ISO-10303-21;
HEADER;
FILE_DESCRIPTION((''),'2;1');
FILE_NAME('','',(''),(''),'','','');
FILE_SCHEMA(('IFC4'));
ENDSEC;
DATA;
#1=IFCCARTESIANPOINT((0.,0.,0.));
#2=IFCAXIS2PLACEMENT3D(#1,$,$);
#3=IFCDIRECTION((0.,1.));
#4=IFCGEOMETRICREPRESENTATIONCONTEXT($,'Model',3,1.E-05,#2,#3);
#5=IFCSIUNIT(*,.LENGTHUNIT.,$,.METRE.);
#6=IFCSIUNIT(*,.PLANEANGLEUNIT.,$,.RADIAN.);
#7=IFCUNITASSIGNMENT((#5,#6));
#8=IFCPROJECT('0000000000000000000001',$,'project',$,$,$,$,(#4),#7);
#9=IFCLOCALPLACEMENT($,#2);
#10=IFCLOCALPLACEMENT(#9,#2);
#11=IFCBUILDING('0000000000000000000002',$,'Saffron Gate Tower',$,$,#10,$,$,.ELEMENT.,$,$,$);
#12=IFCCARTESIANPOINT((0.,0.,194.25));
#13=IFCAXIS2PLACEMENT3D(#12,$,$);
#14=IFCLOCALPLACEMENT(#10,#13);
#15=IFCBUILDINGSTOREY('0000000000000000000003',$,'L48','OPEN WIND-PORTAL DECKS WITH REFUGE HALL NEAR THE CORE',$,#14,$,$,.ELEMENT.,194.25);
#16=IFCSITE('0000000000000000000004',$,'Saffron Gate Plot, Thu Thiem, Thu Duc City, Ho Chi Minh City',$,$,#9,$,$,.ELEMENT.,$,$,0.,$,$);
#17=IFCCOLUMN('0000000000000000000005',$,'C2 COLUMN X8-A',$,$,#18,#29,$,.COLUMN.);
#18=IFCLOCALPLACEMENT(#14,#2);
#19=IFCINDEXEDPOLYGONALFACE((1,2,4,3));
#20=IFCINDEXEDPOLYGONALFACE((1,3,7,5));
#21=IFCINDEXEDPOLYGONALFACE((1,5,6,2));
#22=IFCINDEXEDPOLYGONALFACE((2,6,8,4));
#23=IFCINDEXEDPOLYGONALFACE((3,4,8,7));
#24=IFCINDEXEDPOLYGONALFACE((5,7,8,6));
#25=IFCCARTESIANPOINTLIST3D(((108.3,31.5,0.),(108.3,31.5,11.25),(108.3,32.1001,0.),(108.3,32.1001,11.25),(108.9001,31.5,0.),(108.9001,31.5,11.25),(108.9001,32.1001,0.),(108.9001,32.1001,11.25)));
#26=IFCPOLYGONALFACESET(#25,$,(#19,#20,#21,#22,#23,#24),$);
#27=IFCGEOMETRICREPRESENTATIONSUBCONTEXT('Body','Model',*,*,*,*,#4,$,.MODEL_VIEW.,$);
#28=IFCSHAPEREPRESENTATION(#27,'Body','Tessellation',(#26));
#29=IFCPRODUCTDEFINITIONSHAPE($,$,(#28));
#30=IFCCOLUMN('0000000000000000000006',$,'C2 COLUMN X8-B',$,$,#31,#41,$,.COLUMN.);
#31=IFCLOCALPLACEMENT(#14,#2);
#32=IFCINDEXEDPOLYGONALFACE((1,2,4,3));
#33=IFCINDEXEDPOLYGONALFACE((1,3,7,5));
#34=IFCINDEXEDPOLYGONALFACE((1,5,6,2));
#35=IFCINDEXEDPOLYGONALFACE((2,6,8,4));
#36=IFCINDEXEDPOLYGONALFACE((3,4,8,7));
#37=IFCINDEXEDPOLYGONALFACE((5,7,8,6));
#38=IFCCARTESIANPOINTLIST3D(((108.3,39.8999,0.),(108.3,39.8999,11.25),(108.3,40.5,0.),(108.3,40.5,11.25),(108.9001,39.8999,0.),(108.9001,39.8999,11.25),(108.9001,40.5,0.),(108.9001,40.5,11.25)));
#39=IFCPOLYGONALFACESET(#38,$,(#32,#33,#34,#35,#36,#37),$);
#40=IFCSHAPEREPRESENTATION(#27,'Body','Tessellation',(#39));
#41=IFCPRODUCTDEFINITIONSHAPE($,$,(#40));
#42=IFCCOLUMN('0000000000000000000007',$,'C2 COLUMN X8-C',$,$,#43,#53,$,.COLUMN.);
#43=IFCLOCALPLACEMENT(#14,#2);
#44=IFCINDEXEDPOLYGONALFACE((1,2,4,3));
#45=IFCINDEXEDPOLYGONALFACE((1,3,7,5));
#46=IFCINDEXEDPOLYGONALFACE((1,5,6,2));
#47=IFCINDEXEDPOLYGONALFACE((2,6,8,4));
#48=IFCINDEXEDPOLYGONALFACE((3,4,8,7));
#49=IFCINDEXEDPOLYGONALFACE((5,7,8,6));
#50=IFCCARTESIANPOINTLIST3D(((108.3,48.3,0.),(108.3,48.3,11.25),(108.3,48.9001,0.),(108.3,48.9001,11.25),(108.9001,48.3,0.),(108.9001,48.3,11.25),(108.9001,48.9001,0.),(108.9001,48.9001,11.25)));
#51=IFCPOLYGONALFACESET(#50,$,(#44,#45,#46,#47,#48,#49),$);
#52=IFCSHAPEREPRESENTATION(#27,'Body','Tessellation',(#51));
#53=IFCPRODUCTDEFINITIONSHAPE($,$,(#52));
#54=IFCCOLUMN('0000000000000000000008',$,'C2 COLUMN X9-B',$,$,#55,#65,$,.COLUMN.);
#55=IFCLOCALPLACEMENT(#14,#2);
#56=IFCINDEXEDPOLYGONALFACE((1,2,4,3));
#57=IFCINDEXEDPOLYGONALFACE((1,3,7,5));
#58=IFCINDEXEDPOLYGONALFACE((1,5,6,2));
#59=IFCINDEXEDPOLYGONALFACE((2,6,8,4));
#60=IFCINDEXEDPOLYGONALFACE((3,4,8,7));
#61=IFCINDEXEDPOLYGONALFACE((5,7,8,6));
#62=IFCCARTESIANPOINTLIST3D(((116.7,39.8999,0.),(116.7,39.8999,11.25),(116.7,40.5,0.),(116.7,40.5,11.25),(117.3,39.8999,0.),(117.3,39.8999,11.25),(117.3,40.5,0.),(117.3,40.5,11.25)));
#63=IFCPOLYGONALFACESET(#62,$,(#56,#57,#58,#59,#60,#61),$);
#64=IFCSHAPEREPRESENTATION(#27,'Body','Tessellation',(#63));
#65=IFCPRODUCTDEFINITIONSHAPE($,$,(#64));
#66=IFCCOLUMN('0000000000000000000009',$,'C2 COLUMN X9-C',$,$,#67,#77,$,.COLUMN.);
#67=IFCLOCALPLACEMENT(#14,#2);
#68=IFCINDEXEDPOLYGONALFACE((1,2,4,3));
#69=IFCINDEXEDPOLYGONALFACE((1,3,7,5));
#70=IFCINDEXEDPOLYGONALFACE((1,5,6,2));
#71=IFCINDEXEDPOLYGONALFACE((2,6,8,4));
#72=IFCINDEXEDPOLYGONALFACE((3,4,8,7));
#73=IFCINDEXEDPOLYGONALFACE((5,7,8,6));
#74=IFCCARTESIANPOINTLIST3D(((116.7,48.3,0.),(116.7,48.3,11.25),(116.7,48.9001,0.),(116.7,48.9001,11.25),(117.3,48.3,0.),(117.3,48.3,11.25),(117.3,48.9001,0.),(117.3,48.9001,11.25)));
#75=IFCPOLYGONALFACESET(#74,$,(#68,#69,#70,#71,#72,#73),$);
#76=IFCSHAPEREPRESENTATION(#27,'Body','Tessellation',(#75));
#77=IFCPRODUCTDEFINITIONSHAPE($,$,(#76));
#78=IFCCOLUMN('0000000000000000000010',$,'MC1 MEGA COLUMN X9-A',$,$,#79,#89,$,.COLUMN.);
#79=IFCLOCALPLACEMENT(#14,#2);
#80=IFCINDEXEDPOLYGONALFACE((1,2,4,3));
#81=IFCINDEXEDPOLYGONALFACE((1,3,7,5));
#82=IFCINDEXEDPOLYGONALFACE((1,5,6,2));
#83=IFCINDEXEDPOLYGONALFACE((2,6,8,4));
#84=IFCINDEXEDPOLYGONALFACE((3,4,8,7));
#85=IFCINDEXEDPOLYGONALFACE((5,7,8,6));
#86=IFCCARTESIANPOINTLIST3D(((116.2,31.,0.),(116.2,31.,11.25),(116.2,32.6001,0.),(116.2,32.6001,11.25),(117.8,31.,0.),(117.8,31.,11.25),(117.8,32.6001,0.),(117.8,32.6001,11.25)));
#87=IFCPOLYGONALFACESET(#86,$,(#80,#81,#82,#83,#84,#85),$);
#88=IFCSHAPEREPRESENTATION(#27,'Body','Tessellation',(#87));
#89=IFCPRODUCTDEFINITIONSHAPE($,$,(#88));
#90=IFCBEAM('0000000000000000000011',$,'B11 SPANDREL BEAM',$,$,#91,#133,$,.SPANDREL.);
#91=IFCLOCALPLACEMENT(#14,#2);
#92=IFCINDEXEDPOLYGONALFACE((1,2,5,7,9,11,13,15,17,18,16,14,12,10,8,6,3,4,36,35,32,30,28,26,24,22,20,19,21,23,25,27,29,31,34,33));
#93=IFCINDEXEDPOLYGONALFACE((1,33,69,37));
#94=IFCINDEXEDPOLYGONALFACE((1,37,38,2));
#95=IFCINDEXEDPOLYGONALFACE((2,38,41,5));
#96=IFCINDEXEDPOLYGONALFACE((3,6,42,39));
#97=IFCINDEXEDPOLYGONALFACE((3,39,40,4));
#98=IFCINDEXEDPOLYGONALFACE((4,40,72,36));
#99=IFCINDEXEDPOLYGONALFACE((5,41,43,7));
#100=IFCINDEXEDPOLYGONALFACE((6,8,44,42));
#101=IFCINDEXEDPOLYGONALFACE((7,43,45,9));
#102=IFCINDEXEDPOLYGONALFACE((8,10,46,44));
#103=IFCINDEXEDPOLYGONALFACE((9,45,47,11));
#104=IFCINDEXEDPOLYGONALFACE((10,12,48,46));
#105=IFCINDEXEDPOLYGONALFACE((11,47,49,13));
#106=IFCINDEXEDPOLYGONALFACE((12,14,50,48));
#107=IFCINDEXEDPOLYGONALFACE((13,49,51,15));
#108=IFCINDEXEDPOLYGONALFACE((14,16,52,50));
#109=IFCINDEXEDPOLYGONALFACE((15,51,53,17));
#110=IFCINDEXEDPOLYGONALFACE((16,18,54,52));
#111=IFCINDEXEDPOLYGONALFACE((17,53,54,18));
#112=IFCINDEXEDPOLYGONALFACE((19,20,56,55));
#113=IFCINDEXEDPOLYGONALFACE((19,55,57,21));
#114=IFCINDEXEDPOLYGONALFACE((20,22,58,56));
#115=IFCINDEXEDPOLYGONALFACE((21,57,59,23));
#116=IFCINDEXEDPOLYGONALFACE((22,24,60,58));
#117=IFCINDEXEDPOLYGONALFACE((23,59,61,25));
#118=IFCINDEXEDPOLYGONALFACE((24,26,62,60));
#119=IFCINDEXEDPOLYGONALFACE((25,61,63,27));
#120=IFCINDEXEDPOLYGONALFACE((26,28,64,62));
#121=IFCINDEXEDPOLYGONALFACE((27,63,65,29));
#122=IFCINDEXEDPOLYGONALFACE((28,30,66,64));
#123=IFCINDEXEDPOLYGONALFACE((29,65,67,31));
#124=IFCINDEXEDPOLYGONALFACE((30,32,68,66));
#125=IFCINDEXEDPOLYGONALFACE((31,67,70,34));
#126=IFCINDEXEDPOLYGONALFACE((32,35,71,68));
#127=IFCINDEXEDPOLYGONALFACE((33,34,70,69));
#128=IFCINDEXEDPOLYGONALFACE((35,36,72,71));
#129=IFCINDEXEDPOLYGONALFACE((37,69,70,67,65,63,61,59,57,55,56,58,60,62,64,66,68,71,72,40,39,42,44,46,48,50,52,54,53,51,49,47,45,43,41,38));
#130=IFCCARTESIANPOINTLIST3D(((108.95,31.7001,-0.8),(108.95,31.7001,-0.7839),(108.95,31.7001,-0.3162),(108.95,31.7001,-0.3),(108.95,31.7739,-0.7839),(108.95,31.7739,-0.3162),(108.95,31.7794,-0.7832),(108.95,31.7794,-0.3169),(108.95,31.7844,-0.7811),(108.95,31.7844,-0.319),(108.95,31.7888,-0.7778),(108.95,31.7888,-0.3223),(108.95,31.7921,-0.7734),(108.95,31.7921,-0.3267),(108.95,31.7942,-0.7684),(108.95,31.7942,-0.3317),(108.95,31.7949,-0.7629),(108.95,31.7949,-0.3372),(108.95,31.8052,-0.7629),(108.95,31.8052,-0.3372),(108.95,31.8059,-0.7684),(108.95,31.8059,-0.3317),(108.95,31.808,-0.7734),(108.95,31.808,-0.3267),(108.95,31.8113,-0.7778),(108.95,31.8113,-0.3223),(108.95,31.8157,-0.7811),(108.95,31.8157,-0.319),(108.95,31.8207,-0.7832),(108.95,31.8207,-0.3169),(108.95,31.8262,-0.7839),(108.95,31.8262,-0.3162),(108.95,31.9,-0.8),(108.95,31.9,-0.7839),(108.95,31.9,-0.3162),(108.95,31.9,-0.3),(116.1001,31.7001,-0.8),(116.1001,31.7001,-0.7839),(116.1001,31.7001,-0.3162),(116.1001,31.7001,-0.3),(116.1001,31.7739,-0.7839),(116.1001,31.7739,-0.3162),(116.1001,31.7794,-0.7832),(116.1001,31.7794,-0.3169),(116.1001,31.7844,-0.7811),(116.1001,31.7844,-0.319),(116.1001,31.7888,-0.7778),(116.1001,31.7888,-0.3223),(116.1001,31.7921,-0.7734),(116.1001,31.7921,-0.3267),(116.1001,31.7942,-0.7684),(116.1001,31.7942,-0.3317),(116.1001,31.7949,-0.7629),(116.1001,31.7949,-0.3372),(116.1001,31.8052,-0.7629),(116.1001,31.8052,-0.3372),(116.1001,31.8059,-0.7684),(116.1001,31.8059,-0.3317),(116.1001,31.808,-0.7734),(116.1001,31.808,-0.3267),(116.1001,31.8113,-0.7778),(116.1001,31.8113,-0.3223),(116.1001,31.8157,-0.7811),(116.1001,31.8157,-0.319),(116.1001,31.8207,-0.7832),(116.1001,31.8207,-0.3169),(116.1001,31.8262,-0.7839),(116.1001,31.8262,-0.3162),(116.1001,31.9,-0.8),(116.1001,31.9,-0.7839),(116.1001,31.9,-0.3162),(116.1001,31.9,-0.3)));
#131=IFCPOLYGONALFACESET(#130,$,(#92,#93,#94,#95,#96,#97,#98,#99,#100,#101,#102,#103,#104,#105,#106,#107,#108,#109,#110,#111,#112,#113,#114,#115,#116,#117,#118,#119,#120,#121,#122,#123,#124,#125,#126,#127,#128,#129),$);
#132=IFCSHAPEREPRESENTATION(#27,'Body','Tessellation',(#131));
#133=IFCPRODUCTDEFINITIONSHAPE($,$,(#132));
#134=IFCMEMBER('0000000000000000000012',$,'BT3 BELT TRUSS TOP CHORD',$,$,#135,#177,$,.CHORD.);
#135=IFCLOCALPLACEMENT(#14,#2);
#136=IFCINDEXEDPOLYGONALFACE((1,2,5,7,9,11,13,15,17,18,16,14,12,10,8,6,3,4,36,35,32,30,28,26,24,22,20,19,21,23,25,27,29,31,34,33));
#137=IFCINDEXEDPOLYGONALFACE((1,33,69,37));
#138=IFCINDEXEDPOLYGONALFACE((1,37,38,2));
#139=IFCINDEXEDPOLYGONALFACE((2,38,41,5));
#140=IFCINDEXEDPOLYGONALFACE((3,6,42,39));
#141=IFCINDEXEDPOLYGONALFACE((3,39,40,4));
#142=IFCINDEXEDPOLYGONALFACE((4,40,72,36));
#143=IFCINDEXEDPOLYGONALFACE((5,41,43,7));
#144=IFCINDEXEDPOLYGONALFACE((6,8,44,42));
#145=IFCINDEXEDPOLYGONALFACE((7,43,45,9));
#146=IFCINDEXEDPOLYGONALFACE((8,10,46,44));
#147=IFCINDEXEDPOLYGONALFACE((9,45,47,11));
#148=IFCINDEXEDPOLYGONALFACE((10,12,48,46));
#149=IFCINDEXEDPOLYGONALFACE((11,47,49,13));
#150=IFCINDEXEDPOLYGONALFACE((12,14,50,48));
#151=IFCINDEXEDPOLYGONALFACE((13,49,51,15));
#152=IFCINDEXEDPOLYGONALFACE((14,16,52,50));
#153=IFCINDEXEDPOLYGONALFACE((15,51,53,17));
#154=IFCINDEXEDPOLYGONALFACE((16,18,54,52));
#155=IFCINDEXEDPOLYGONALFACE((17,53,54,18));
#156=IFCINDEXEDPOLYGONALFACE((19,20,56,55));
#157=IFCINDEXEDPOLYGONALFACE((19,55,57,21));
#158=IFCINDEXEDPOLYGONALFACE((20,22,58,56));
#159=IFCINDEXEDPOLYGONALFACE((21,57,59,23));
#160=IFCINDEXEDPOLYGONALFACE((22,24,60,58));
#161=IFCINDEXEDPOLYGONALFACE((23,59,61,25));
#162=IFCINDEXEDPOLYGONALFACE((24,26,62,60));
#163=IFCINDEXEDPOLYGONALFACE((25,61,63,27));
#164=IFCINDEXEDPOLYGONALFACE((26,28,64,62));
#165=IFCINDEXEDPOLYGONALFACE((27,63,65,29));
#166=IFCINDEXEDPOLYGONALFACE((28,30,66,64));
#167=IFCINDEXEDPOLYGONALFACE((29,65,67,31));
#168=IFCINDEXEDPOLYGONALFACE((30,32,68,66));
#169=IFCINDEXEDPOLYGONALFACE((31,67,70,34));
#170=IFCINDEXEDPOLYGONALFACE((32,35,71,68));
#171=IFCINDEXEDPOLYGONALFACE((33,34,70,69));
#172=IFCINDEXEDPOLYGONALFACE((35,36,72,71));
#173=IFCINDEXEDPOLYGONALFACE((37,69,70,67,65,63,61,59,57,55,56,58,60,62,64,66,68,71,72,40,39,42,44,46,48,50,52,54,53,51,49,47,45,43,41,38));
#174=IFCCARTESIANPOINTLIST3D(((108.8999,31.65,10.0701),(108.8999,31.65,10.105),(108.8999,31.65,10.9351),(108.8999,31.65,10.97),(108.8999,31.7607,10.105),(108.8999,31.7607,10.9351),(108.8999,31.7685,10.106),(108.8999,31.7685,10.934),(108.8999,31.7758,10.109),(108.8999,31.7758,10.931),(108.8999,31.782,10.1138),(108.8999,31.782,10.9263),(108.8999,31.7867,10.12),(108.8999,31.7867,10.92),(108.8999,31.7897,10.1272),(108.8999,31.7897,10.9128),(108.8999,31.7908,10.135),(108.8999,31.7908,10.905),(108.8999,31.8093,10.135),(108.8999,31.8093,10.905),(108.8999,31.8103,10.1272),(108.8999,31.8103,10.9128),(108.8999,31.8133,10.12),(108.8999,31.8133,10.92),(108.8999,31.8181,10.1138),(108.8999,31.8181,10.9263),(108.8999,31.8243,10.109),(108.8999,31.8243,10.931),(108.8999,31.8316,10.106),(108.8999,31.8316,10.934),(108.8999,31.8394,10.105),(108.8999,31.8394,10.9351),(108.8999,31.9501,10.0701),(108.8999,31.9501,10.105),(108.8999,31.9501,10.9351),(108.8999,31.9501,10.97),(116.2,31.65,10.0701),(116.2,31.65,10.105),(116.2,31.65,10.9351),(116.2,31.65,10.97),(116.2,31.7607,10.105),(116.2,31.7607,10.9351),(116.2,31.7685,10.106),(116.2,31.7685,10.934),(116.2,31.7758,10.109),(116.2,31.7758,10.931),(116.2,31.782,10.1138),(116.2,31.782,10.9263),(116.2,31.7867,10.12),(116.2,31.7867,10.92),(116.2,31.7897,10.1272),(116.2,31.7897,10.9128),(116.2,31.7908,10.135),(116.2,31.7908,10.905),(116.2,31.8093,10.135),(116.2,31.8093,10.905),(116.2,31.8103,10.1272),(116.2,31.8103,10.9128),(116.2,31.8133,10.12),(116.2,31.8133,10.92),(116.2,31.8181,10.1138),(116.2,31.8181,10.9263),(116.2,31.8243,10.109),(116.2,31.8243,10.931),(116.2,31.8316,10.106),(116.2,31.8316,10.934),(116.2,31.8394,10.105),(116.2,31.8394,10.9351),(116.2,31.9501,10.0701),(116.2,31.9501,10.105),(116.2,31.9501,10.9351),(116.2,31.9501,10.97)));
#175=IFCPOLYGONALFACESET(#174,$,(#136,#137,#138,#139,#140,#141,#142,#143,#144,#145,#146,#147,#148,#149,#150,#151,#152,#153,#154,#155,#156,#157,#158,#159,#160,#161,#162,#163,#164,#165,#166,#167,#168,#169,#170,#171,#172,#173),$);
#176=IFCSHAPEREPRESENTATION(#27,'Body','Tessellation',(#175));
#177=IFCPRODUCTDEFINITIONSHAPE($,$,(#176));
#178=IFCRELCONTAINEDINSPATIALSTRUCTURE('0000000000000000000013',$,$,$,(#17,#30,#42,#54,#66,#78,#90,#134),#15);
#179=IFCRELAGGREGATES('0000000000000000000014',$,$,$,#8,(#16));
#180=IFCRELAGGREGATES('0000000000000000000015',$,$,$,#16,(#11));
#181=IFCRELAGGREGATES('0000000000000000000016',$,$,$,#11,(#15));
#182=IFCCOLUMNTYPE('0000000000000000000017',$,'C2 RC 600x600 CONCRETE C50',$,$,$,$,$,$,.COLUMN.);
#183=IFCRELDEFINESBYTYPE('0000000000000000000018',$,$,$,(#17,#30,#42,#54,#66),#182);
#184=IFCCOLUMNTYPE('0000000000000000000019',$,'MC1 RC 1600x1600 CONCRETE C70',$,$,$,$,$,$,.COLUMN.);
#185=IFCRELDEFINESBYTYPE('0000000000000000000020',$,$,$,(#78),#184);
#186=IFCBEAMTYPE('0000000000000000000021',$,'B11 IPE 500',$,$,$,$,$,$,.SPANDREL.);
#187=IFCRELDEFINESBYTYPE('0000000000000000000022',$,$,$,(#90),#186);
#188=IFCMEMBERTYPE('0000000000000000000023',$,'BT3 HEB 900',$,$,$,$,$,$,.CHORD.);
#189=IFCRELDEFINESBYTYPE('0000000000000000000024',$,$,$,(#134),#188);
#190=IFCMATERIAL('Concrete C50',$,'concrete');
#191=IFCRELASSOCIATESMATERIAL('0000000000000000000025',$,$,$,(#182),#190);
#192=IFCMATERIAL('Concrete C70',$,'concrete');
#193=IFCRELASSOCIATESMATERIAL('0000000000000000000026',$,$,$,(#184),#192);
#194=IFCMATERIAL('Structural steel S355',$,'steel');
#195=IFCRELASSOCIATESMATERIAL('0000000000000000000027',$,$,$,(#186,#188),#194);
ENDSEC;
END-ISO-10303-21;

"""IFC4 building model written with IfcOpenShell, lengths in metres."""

from ifc_helpers import new_model, si_unit, direction, frame, origin, origin_2d, place, context, subcontext, project, spatial, rectangle, i_section, extrude, material, material_profile, profile_set, type_object, element, save


model = new_model("IFC4")

# Units and contexts
model_context = context("Model", 3, precision=1e-05, world=origin(), true_north=direction((0.0, 1.0)))
body_context = subcontext(model_context, "Body", "Model", "MODEL_VIEW")
ifc_project = project(units=[si_unit("LENGTHUNIT", "METRE"), si_unit("PLANEANGLEUNIT", "RADIAN")], contexts=[model_context])

# Site, building, storey
site_placement = place(None, origin())
site = spatial("IfcSite", under=ifc_project, at=site_placement, Name="Saffron Gate Plot, Thu Thiem, Thu Duc City, Ho Chi Minh City", CompositionType="ELEMENT", RefElevation=0.0)
building_placement = place(site_placement, origin())
building = spatial("IfcBuilding", under=site, at=building_placement, Name="Saffron Gate Tower", CompositionType="ELEMENT")
storey_placement = place(building_placement, frame((0.0, 0.0, 194.25)))
storey = spatial("IfcBuildingStorey", under=building, at=storey_placement, Name="L48", Description="OPEN WIND-PORTAL DECKS WITH REFUGE HALL NEAR THE CORE", CompositionType="ELEMENT", Elevation=194.25)

# Columns
ifc_material_1 = material(Name="Concrete C50", Category="concrete")
ifc_material_profile_1 = material_profile(ifc_material_1, rectangle(XDim=0.6001, YDim=0.6001, at=origin_2d()))
ifc_profile_set_1 = profile_set([ifc_material_profile_1], Name="Concrete C50")
column_type_1 = type_object("IfcColumnType", Name="C2 RC 600x600 CONCRETE C50", PredefinedType="COLUMN", material=ifc_profile_set_1)
for number, where, z_axis, x_axis, name in (
    (1, (108.6001, 31.8, 0.0), (0.0, 0.0, 1.0), (1.0, 0.0, 0.0), "C2 COLUMN X8-A"),
    (2, (108.6001, 40.2, 0.0), (0.0, 0.0, 1.0), (1.0, 0.0, 0.0), "C2 COLUMN X8-B"),
    (3, (108.6001, 48.6001, 0.0), (0.0, 0.0, 1.0), (1.0, 0.0, 0.0), "C2 COLUMN X8-C"),
    (4, (117.0, 40.2, 0.0), (0.0, 0.0, 1.0), (1.0, 0.0, 0.0), "C2 COLUMN X9-B"),
    (5, (117.0, 48.6001, 0.0), (0.0, 0.0, 1.0), (1.0, 0.0, 0.0), "C2 COLUMN X9-C"),
):
    element("IfcColumn", number, at=place(storey_placement, frame(where, z_axis=z_axis, x_axis=x_axis)), inside=storey, type_object=column_type_1, Name=name, PredefinedType="COLUMN", context=body_context, shape_type="SweptSolid", body=[
        extrude(rectangle(XDim=0.6001, YDim=0.6001, at=origin_2d()), origin(), (0.0, 0.0, 1.0), 11.25),
    ])
ifc_material_2 = material(Name="Concrete C70", Category="concrete")
ifc_material_profile_2 = material_profile(ifc_material_2, rectangle(XDim=1.6001, YDim=1.6001, at=origin_2d()))
ifc_profile_set_2 = profile_set([ifc_material_profile_2], Name="Concrete C70")
column_type_2 = type_object("IfcColumnType", Name="MC1 RC 1600x1600 CONCRETE C70", PredefinedType="COLUMN", material=ifc_profile_set_2)
column_placement = place(storey_placement, frame((117.0, 31.8, 0.0), z_axis=(0.0, 0.0, 1.0), x_axis=(1.0, 0.0, 0.0)))
element("IfcColumn", 6, at=column_placement, inside=storey, type_object=column_type_2, Name="MC1 MEGA COLUMN X9-A", PredefinedType="COLUMN", context=body_context, shape_type="SweptSolid", body=[
    extrude(rectangle(XDim=1.6001, YDim=1.6001, at=origin_2d()), origin(), (0.0, 0.0, 1.0), 11.25),
])

# Beam
ifc_material_3 = material(Name="Structural steel S355", Category="steel")
ifc_material_profile_3 = material_profile(ifc_material_3, i_section(OverallWidth=0.2, OverallDepth=0.5, WebThickness=0.0103, FlangeThickness=0.0161, FilletRadius=0.021, at=origin_2d()))
ifc_profile_set_3 = profile_set([ifc_material_profile_3], Name="Structural steel S355")
beam_type_1 = type_object("IfcBeamType", Name="B11 IPE 500", PredefinedType="SPANDREL", material=ifc_profile_set_3)
beam_1_placement = place(storey_placement, frame((108.95, 31.8, -0.55), z_axis=(1.0, 0.0, 0.0), x_axis=(0.0, 1.0, 0.0)))
element("IfcBeam", 7, at=beam_1_placement, inside=storey, type_object=beam_type_1, Name="B11 SPANDREL BEAM", PredefinedType="SPANDREL", context=body_context, shape_type="SweptSolid", body=[
    extrude(i_section(OverallWidth=0.2, OverallDepth=0.5, WebThickness=0.0103, FlangeThickness=0.0161, FilletRadius=0.021, at=origin_2d()), origin(), (0.0, 0.0, 1.0), 7.1501),
])

# Member
ifc_material_profile_4 = material_profile(ifc_material_3, i_section(OverallWidth=0.3, OverallDepth=0.8999, WebThickness=0.0186, FlangeThickness=0.0349, FilletRadius=0.03, at=origin_2d()))
ifc_profile_set_4 = profile_set([ifc_material_profile_4], Name="Structural steel S355")
member_type_1 = type_object("IfcMemberType", Name="BT3 HEB 900", PredefinedType="CHORD", material=ifc_profile_set_4)
for number, where, z_axis, x_axis, name in (
    (8, (108.8999, 31.8, 10.52), (1.0, 0.0, 0.0), (0.0, 1.0, 0.0), "BT3 BELT TRUSS TOP CHORD"),
):
    element("IfcMember", number, at=place(storey_placement, frame(where, z_axis=z_axis, x_axis=x_axis)), inside=storey, type_object=member_type_1, Name=name, PredefinedType="CHORD", context=body_context, shape_type="SweptSolid", body=[
        extrude(i_section(OverallWidth=0.3, OverallDepth=0.8999, WebThickness=0.0186, FlangeThickness=0.0349, FilletRadius=0.03, at=origin_2d()), origin(), (0.0, 0.0, 1.0), 7.3),
    ])

save(model, "model.ifc")
